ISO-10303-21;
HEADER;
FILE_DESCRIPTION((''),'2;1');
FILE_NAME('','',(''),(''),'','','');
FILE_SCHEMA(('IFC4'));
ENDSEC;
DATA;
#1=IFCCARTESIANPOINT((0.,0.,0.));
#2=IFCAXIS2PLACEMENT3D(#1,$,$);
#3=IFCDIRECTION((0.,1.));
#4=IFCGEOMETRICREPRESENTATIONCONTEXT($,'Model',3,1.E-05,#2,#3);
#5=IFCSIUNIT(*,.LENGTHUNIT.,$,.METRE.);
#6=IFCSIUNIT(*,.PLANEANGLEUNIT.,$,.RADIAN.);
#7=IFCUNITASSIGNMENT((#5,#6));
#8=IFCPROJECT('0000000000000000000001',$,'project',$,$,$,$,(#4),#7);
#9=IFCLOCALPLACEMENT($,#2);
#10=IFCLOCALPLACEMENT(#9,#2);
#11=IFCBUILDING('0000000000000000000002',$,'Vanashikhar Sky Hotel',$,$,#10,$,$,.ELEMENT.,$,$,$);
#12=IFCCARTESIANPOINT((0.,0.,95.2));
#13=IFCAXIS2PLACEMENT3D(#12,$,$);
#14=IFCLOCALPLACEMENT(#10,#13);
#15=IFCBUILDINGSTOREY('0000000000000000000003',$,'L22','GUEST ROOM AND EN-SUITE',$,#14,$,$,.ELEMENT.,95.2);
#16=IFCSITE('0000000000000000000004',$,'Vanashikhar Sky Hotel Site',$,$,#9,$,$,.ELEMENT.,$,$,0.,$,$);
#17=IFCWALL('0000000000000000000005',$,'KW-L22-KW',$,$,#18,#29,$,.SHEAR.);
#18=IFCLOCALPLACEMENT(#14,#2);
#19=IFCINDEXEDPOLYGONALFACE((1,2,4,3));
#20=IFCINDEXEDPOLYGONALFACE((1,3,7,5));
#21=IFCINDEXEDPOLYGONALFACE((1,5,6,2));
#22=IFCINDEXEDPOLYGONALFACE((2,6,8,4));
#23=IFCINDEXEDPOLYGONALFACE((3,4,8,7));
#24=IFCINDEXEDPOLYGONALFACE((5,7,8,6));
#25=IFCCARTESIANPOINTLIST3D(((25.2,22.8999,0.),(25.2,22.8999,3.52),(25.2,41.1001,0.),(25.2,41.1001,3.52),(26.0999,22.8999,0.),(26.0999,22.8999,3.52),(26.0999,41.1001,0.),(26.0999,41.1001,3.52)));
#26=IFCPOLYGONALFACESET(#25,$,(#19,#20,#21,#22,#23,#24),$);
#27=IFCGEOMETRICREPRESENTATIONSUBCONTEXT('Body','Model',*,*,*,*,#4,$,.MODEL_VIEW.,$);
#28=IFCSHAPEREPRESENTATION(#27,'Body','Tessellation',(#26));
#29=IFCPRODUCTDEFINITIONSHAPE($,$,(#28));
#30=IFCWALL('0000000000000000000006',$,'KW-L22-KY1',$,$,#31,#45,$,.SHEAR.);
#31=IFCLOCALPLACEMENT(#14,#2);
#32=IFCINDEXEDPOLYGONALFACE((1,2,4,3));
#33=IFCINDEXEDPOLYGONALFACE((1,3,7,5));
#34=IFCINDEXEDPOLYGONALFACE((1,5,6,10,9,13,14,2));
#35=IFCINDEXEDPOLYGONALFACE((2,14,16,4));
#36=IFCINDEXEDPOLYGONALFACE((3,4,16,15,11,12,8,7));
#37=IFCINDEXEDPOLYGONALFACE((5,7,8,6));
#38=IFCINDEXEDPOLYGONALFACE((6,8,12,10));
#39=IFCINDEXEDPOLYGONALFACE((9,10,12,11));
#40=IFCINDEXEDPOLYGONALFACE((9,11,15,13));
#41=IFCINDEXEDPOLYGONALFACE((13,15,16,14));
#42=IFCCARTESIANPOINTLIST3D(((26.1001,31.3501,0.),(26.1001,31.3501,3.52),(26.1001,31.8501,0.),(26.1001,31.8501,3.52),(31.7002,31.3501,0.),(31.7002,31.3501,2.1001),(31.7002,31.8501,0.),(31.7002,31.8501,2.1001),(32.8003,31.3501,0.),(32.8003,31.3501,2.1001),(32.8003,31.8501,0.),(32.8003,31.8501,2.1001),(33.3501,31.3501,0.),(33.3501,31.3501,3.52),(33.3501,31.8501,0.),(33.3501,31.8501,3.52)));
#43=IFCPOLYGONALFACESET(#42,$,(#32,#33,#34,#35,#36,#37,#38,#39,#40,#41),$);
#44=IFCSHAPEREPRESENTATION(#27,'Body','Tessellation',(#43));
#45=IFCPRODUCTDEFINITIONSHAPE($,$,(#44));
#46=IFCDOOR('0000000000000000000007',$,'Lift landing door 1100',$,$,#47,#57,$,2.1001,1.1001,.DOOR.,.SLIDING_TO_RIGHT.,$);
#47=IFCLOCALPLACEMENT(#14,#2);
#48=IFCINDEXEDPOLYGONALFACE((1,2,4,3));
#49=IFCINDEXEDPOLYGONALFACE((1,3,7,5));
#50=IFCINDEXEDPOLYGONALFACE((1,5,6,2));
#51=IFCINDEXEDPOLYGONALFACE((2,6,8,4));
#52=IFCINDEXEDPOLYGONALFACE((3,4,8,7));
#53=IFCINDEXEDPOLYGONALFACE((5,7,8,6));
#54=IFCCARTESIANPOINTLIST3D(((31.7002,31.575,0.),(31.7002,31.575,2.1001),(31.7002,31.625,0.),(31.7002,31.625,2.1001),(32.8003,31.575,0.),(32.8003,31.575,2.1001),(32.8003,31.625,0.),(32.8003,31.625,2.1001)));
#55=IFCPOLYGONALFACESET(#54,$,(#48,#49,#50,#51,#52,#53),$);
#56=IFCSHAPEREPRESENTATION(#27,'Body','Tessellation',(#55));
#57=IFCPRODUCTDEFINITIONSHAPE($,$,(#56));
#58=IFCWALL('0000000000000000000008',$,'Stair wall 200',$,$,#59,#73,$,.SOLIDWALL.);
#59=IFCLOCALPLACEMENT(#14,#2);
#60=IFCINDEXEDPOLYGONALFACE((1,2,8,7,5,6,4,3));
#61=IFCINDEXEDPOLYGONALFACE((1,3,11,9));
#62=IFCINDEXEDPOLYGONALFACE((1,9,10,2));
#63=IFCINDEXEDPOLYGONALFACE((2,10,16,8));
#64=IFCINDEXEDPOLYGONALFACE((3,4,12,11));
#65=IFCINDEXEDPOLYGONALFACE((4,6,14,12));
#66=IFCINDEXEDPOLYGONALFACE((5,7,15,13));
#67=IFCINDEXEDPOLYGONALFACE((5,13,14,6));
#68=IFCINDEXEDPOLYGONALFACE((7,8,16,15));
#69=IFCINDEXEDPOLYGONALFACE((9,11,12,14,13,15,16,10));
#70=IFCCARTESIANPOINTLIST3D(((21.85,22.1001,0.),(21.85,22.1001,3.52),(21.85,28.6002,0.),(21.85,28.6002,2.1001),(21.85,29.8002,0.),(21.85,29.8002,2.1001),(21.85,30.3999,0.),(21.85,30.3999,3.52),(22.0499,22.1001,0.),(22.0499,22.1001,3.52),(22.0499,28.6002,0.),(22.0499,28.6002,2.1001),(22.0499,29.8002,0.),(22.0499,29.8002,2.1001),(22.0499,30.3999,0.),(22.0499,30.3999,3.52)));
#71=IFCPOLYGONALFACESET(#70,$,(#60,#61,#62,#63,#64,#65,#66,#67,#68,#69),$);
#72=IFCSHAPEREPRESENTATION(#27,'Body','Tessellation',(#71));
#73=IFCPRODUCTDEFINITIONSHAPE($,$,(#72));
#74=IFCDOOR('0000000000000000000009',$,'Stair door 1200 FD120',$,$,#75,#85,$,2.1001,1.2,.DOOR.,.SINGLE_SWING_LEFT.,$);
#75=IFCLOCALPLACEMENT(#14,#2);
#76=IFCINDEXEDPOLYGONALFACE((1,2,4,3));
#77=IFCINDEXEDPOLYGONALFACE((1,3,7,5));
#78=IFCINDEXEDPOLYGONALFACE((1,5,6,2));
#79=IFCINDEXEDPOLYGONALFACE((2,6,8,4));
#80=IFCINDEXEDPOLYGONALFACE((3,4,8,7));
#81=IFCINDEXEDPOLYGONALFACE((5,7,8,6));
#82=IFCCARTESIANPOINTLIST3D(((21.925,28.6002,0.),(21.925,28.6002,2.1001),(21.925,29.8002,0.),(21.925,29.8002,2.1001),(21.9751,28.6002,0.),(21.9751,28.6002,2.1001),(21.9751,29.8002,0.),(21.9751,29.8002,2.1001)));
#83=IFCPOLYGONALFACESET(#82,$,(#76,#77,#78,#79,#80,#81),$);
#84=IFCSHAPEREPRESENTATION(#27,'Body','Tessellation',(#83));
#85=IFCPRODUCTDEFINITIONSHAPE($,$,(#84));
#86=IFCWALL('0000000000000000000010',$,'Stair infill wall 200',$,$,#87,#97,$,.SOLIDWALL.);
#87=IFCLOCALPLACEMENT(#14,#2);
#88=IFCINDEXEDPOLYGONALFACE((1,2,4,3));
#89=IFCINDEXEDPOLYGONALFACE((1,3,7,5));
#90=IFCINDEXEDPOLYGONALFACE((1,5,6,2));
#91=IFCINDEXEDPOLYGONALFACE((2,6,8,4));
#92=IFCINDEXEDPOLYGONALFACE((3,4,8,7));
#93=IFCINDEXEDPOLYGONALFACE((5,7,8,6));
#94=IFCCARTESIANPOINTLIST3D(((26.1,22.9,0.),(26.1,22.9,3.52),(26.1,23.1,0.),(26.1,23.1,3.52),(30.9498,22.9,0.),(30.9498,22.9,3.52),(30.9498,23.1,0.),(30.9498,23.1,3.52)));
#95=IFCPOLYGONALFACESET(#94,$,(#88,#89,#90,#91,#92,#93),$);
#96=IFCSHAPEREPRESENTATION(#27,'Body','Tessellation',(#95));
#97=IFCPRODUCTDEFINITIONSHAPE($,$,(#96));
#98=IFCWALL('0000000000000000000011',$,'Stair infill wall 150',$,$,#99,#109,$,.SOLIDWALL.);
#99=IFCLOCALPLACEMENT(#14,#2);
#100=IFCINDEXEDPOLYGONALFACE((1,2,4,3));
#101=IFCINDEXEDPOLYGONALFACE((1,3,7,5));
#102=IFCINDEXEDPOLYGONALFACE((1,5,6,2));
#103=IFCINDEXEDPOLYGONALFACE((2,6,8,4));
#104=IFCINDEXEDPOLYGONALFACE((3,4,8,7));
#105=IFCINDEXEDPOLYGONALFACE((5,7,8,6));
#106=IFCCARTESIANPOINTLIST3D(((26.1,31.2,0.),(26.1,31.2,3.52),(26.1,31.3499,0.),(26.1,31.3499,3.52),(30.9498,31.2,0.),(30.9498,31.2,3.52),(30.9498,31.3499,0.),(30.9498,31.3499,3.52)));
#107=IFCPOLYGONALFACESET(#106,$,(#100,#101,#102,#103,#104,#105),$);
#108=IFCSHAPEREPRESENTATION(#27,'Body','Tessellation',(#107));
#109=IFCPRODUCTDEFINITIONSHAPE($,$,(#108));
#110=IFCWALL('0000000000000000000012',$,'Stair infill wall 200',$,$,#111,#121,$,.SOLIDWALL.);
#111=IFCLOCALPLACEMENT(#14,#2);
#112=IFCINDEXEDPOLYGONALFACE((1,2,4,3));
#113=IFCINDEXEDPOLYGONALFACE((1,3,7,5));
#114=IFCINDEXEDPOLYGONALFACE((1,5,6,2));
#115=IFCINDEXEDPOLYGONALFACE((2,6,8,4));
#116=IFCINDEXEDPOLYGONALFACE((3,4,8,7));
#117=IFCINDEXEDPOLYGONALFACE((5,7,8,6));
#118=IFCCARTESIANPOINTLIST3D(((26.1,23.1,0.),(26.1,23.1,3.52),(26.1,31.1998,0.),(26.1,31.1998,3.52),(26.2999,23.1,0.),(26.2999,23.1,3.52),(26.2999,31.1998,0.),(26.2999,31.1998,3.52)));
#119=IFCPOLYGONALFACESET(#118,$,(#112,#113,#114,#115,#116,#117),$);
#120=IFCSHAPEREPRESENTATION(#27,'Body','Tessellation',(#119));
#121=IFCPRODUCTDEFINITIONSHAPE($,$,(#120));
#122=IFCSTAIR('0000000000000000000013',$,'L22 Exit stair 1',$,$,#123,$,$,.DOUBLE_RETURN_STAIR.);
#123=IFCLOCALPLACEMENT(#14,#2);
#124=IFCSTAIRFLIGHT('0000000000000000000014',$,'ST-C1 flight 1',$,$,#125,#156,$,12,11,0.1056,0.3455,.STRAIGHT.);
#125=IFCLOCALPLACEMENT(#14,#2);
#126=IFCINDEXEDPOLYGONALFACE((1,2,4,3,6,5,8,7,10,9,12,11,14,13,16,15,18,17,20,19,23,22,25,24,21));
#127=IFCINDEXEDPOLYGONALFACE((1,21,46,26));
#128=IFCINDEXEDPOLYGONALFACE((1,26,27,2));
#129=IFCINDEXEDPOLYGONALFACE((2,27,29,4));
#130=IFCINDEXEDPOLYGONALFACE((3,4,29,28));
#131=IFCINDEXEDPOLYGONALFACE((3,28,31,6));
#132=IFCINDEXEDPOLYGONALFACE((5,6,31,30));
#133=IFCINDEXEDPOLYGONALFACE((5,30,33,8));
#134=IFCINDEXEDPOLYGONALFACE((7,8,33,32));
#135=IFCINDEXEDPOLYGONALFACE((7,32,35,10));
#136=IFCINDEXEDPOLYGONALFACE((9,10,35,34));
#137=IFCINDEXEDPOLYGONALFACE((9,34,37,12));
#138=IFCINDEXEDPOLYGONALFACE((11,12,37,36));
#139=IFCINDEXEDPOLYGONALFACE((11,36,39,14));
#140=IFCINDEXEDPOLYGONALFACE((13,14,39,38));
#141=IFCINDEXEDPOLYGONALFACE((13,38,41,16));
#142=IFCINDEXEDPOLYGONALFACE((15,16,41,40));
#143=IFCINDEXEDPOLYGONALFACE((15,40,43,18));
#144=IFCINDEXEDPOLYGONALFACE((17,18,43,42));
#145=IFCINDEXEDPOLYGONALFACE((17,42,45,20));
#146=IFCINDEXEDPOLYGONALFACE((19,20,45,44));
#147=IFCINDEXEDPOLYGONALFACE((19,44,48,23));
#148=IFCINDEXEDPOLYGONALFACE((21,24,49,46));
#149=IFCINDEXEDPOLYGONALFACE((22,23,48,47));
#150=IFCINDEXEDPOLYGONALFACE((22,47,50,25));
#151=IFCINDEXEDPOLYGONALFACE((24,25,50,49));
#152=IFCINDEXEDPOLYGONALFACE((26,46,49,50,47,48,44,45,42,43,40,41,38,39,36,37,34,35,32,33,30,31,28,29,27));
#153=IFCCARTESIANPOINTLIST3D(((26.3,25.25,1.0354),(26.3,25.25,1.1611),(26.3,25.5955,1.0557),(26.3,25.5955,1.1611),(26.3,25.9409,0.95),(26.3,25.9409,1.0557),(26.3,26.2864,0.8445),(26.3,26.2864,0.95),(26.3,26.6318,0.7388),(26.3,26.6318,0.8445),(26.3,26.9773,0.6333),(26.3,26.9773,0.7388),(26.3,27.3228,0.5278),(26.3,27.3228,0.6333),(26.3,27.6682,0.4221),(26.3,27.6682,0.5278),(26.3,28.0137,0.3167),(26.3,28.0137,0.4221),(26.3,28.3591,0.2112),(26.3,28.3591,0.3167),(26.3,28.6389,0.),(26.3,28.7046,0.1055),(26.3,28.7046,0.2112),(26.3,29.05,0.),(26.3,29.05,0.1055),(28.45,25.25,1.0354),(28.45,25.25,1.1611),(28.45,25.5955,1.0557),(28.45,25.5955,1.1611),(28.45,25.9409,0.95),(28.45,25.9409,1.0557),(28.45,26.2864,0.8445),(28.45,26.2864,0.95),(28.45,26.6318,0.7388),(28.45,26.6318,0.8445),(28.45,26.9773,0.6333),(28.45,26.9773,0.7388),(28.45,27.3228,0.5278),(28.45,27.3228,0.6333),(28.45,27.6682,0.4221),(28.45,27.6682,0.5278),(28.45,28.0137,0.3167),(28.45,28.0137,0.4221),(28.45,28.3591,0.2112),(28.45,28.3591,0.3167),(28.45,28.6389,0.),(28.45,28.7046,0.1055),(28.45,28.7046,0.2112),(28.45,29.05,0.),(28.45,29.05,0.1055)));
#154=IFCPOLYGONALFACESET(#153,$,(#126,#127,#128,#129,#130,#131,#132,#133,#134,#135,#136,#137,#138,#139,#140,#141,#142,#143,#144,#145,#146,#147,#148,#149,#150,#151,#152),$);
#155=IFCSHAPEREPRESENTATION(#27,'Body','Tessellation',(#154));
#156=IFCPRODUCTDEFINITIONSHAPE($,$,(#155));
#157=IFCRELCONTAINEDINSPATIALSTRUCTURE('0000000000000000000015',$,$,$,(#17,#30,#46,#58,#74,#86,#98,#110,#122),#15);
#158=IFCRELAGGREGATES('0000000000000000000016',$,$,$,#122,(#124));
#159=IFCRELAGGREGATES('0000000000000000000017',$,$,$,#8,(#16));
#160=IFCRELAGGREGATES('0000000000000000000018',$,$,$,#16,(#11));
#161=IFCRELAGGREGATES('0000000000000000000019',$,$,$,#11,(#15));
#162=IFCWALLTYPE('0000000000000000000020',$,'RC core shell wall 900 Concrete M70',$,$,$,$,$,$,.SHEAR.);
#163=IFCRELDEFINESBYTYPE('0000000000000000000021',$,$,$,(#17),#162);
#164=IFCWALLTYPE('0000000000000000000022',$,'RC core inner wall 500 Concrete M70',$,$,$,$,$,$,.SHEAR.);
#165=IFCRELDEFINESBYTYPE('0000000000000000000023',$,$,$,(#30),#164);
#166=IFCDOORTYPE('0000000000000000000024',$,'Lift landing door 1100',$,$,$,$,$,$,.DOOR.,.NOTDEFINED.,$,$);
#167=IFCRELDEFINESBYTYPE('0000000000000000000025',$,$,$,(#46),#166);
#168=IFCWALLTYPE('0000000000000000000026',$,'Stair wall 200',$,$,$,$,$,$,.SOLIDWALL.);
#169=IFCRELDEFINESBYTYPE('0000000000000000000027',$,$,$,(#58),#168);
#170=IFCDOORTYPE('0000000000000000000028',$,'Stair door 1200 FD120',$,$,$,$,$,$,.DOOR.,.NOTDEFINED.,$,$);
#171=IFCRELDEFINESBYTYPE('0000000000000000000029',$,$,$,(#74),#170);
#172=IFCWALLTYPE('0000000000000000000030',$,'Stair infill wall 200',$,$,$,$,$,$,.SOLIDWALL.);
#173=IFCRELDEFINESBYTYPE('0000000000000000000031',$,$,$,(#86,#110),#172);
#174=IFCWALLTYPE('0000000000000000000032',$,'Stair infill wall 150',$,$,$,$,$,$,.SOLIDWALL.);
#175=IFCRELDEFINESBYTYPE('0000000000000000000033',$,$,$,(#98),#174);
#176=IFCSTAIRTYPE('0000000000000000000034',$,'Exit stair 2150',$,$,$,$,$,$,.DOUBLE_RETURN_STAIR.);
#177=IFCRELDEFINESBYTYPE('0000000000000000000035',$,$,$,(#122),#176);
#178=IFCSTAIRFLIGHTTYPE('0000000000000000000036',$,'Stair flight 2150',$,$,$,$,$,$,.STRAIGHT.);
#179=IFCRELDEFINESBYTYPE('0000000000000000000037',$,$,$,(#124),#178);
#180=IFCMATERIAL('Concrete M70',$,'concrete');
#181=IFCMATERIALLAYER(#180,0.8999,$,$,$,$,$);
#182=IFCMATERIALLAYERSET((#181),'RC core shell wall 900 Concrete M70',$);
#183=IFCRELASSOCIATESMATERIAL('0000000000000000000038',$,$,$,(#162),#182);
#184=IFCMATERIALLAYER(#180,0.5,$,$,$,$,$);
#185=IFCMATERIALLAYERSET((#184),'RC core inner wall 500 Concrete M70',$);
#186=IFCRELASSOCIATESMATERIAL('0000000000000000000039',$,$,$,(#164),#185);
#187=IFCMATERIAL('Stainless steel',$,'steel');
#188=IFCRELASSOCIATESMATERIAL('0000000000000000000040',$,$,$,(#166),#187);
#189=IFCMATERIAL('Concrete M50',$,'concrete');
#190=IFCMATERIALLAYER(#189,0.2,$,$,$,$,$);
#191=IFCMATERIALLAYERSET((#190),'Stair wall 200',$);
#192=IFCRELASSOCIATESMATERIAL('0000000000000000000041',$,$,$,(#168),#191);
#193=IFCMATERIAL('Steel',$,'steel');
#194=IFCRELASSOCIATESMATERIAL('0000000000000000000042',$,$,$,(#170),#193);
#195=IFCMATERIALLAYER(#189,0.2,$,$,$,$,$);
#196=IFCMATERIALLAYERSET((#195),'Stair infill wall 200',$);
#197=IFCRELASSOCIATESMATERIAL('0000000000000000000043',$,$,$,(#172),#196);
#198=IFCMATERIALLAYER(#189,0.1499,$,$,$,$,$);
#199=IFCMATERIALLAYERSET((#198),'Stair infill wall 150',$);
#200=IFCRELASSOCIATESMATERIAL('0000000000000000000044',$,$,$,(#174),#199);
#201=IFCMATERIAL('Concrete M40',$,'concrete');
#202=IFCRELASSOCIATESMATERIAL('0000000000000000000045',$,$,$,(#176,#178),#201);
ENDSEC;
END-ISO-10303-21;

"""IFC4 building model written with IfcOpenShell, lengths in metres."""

from ifc_helpers import new_model, si_unit, direction, frame, frame_2d, origin, place, context, subcontext, project, spatial, polyline, rectangle, outline, extrude, source, transform, mapped, material, layer, layer_set, type_object, element, fill, aggregate, save


model = new_model("IFC4")

# Units and contexts
model_context = context("Model", 3, precision=1e-05, world=origin(), true_north=direction((0.0, 1.0)))
body_context = subcontext(model_context, "Body", "Model", "MODEL_VIEW")
ifc_project = project(units=[si_unit("LENGTHUNIT", "METRE"), si_unit("PLANEANGLEUNIT", "RADIAN")], contexts=[model_context])

# Site, building, storey
site_placement = place(None, origin())
site = spatial("IfcSite", under=ifc_project, at=site_placement, Name="Vanashikhar Sky Hotel Site", CompositionType="ELEMENT", RefElevation=0.0)
building_placement = place(site_placement, origin())
building = spatial("IfcBuilding", under=site, at=building_placement, Name="Vanashikhar Sky Hotel", CompositionType="ELEMENT")
storey_placement = place(building_placement, frame((0.0, 0.0, 95.2)))
storey = spatial("IfcBuildingStorey", under=building, at=storey_placement, Name="L22", Description="GUEST ROOM AND EN-SUITE", CompositionType="ELEMENT", Elevation=95.2)

# Shared definitions
ifc_material_1 = material(Name="Concrete M70", Category="concrete")
ifc_layer_1 = layer(ifc_material_1, 0.8999)
ifc_layer_set_1 = layer_set([ifc_layer_1], Name="RC core shell wall 900 Concrete M70")
wall_type_1 = type_object("IfcWallType", Name="RC core shell wall 900 Concrete M70", PredefinedType="SHEAR", material=ifc_layer_set_1)
ifc_material_2 = material(Name="Steel", Category="steel")

# Wall
shared_shape_1 = source(origin(), body_context, "Body", "SweptSolid", [
    extrude(rectangle(XDim=18.2002, YDim=0.8999, at=frame_2d((9.1001, 0.0))), origin(), (0.0, 0.0, 1.0), 3.52),
])
wall_1_placement = place(storey_placement, frame((25.6499, 22.8999, 0.0), z_axis=(0.0, 0.0, 1.0), x_axis=(0.0, 1.0, 0.0)))
element("IfcWall", 1, at=wall_1_placement, inside=storey, type_object=wall_type_1, Name="KW-L22-KW", PredefinedType="SHEAR", context=body_context, shape_type="MappedRepresentation", body=[
    mapped(shared_shape_1, transform((0.0, 0.0, 0.0), scale=1.0)),
])

# Walls, openings, doors
ifc_layer_2 = layer(ifc_material_1, 0.5)
ifc_layer_set_2 = layer_set([ifc_layer_2], Name="RC core inner wall 500 Concrete M70")
wall_type_2 = type_object("IfcWallType", Name="RC core inner wall 500 Concrete M70", PredefinedType="SHEAR", material=ifc_layer_set_2)
shared_shape_2 = source(origin(), body_context, "Body", "SweptSolid", [
    extrude(rectangle(XDim=7.25, YDim=0.5, at=frame_2d((3.625, 0.0))), origin(), (0.0, 0.0, 1.0), 3.52),
])
wall_2_placement = place(storey_placement, frame((26.1001, 31.6001, 0.0), z_axis=(0.0, 0.0, 1.0), x_axis=(1.0, 0.0, 0.0)))
wall_2 = element("IfcWall", 2, at=wall_2_placement, inside=storey, type_object=wall_type_2, Name="KW-L22-KY1", PredefinedType="SHEAR", context=body_context, shape_type="MappedRepresentation", body=[
    mapped(shared_shape_2, transform((0.0, 0.0, 0.0), scale=1.0)),
])
shared_shape_3 = source(origin(), body_context, "Body", "SweptSolid", [
    extrude(rectangle(XDim=1.1001, YDim=2.1001, at=frame_2d((0.55, 1.05))), frame((0.0, 0.26, 0.0), z_axis=(0.0, -1.0, 0.0), x_axis=(1.0, 0.0, 0.0)), (0.0, 0.0, 1.0), 0.52),
])
opening_1_placement = place(wall_2_placement, frame((5.6001, 0.0, 0.0)))
opening_1 = element("IfcOpeningElement", 3, at=opening_1_placement, cuts=wall_2, PredefinedType="OPENING", context=body_context, shape_type="MappedRepresentation", body=[
    mapped(shared_shape_3, transform((0.0, 0.0, 0.0), scale=1.0)),
])
ifc_material_3 = material(Name="Stainless steel", Category="steel")
door_type_1 = type_object("IfcDoorType", Name="Lift landing door 1100", OperationType="NOTDEFINED", PredefinedType="DOOR", material=ifc_material_3)
shared_shape_4 = source(origin(), body_context, "Body", "SweptSolid", [
    extrude(rectangle(XDim=1.1001, YDim=2.1001, at=frame_2d((0.55, 1.05))), frame((0.0, 0.0249, 0.0), z_axis=(0.0, -1.0, 0.0), x_axis=(1.0, 0.0, 0.0)), (0.0, 0.0, 1.0), 0.05),
])
door_1_placement = place(opening_1_placement, origin())
door_1 = element("IfcDoor", 4, at=door_1_placement, inside=storey, type_object=door_type_1, Name="Lift landing door 1100", OperationType="SLIDING_TO_RIGHT", OverallHeight=2.1001, OverallWidth=1.1001, PredefinedType="DOOR", context=body_context, shape_type="MappedRepresentation", body=[
    mapped(shared_shape_4, transform((0.0, 0.0, 0.0), scale=1.0)),
])
fill(opening_1, door_1)
ifc_material_4 = material(Name="Concrete M50", Category="concrete")
ifc_layer_3 = layer(ifc_material_4, 0.2)
ifc_layer_set_3 = layer_set([ifc_layer_3], Name="Stair wall 200")
wall_type_3 = type_object("IfcWallType", Name="Stair wall 200", PredefinedType="SOLIDWALL", material=ifc_layer_set_3)
shared_shape_5 = source(origin(), body_context, "Body", "SweptSolid", [
    extrude(rectangle(XDim=8.2998, YDim=0.2, at=frame_2d((4.1499, 0.0))), origin(), (0.0, 0.0, 1.0), 3.52),
])
wall_3_placement = place(storey_placement, frame((21.95, 22.1001, 0.0), z_axis=(0.0, 0.0, 1.0), x_axis=(0.0, 1.0, 0.0)))
wall_3 = element("IfcWall", 5, at=wall_3_placement, inside=storey, type_object=wall_type_3, Name="Stair wall 200", PredefinedType="SOLIDWALL", context=body_context, shape_type="MappedRepresentation", body=[
    mapped(shared_shape_5, transform((0.0, 0.0, 0.0), scale=1.0)),
])
shared_shape_6 = source(origin(), body_context, "Body", "SweptSolid", [
    extrude(rectangle(XDim=1.2, YDim=2.1001, at=frame_2d((0.6001, 1.05))), frame((0.0, 0.1099, 0.0), z_axis=(0.0, -1.0, 0.0), x_axis=(1.0, 0.0, 0.0)), (0.0, 0.0, 1.0), 0.22),
])
opening_2_placement = place(wall_3_placement, frame((6.5, 0.0, 0.0)))
opening_2 = element("IfcOpeningElement", 6, at=opening_2_placement, cuts=wall_3, PredefinedType="OPENING", context=body_context, shape_type="MappedRepresentation", body=[
    mapped(shared_shape_6, transform((0.0, 0.0, 0.0), scale=1.0)),
])
door_type_2 = type_object("IfcDoorType", Name="Stair door 1200 FD120", OperationType="NOTDEFINED", PredefinedType="DOOR", material=ifc_material_2)
shared_shape_7 = source(origin(), body_context, "Body", "SweptSolid", [
    extrude(rectangle(XDim=1.2, YDim=2.1001, at=frame_2d((0.6001, 1.05))), frame((0.0, 0.0249, 0.0), z_axis=(0.0, -1.0, 0.0), x_axis=(1.0, 0.0, 0.0)), (0.0, 0.0, 1.0), 0.05),
])
door_2_placement = place(opening_2_placement, origin())
door_2 = element("IfcDoor", 7, at=door_2_placement, inside=storey, type_object=door_type_2, Name="Stair door 1200 FD120", OperationType="SINGLE_SWING_LEFT", OverallHeight=2.1001, OverallWidth=1.2, PredefinedType="DOOR", context=body_context, shape_type="MappedRepresentation", body=[
    mapped(shared_shape_7, transform((0.0, 0.0, 0.0), scale=1.0)),
])
fill(opening_2, door_2)

# Walls
ifc_layer_4 = layer(ifc_material_4, 0.2)
ifc_layer_set_4 = layer_set([ifc_layer_4], Name="Stair infill wall 200")
wall_type_4 = type_object("IfcWallType", Name="Stair infill wall 200", PredefinedType="SOLIDWALL", material=ifc_layer_set_4)
shared_shape_8 = source(origin(), body_context, "Body", "SweptSolid", [
    extrude(rectangle(XDim=4.8499, YDim=0.2, at=frame_2d((2.4248, 0.0))), origin(), (0.0, 0.0, 1.0), 3.52),
])
wall_4_placement = place(storey_placement, frame((26.1001, 23.0, 0.0), z_axis=(0.0, 0.0, 1.0), x_axis=(1.0, 0.0, 0.0)))
element("IfcWall", 8, at=wall_4_placement, inside=storey, type_object=wall_type_4, Name="Stair infill wall 200", PredefinedType="SOLIDWALL", context=body_context, shape_type="MappedRepresentation", body=[
    mapped(shared_shape_8, transform((0.0, 0.0, 0.0), scale=1.0)),
])
ifc_layer_5 = layer(ifc_material_4, 0.1499)
ifc_layer_set_5 = layer_set([ifc_layer_5], Name="Stair infill wall 150")
wall_type_5 = type_object("IfcWallType", Name="Stair infill wall 150", PredefinedType="SOLIDWALL", material=ifc_layer_set_5)
shared_shape_9 = source(origin(), body_context, "Body", "SweptSolid", [
    extrude(rectangle(XDim=4.8499, YDim=0.1499, at=frame_2d((2.4248, 0.0))), origin(), (0.0, 0.0, 1.0), 3.52),
])
wall_5_placement = place(storey_placement, frame((26.1001, 31.2749, 0.0), z_axis=(0.0, 0.0, 1.0), x_axis=(1.0, 0.0, 0.0)))
element("IfcWall", 9, at=wall_5_placement, inside=storey, type_object=wall_type_5, Name="Stair infill wall 150", PredefinedType="SOLIDWALL", context=body_context, shape_type="MappedRepresentation", body=[
    mapped(shared_shape_9, transform((0.0, 0.0, 0.0), scale=1.0)),
])
shared_shape_10 = source(origin(), body_context, "Body", "SweptSolid", [
    extrude(rectangle(XDim=8.0999, YDim=0.2, at=frame_2d((4.0498, 0.0))), origin(), (0.0, 0.0, 1.0), 3.52),
])
wall_6_placement = place(storey_placement, frame((26.2, 23.1001, 0.0), z_axis=(0.0, 0.0, 1.0), x_axis=(0.0, 1.0, 0.0)))
element("IfcWall", 10, at=wall_6_placement, inside=storey, type_object=wall_type_4, Name="Stair infill wall 200", PredefinedType="SOLIDWALL", context=body_context, shape_type="MappedRepresentation", body=[
    mapped(shared_shape_10, transform((0.0, 0.0, 0.0), scale=1.0)),
])

# Stair, stair flight
ifc_material_5 = material(Name="Concrete M40", Category="concrete")
stair_type = type_object("IfcStairType", Name="Exit stair 2150", PredefinedType="DOUBLE_RETURN_STAIR", material=ifc_material_5)
stair_1_placement = place(storey_placement, origin())
stair_1 = element("IfcStair", 11, at=stair_1_placement, inside=storey, type_object=stair_type, Name="L22 Exit stair 1", PredefinedType="DOUBLE_RETURN_STAIR")
stair_flight_type = type_object("IfcStairFlightType", Name="Stair flight 2150", PredefinedType="STRAIGHT", material=ifc_material_5)
shared_shape_11 = source(origin(), body_context, "Body", "SweptSolid", [
    extrude(outline(polyline([(0.0, 0.0), (0.0, 0.1055), (0.3455, 0.1055), (0.3455, 0.2112), (0.6909, 0.2112), (0.6909, 0.3167), (1.0364, 0.3167), (1.0364, 0.4221), (1.3818, 0.4221), (1.3818, 0.5278), (1.7273, 0.5278), (1.7273, 0.6333), (2.0728, 0.6333), (2.0728, 0.7388), (2.4182, 0.7388), (2.4182, 0.8445), (2.7637, 0.8445), (2.7637, 0.95), (3.1091, 0.95), (3.1091, 1.0557), (3.4546, 1.0557), (3.4546, 1.1611), (3.8, 1.1611), (3.8, 1.2666), (3.8, 1.0354), (0.4111, 0.0), (0.0, 0.0)])), frame((0.0, 1.075, 0.0), z_axis=(0.0, -1.0, 0.0), x_axis=(1.0, 0.0, 0.0)), (0.0, 0.0, 1.0), 2.1499),
])
stair_flight_1_placement = place(storey_placement, frame((27.375, 29.05, 0.0), z_axis=(0.0, 0.0, 1.0), x_axis=(0.0, -1.0, 0.0)))
stair_flight_1 = element("IfcStairFlight", 12, at=stair_flight_1_placement, type_object=stair_flight_type, Name="ST-C1 flight 1", NumberOfRisers=12, NumberOfTreads=11, PredefinedType="STRAIGHT", RiserHeight=0.1056, TreadLength=0.3455, context=body_context, shape_type="MappedRepresentation", body=[
    mapped(shared_shape_11, transform((0.0, 0.0, 0.0), scale=1.0)),
])
aggregate(stair_1, [stair_flight_1])

save(model, "model.ifc")
